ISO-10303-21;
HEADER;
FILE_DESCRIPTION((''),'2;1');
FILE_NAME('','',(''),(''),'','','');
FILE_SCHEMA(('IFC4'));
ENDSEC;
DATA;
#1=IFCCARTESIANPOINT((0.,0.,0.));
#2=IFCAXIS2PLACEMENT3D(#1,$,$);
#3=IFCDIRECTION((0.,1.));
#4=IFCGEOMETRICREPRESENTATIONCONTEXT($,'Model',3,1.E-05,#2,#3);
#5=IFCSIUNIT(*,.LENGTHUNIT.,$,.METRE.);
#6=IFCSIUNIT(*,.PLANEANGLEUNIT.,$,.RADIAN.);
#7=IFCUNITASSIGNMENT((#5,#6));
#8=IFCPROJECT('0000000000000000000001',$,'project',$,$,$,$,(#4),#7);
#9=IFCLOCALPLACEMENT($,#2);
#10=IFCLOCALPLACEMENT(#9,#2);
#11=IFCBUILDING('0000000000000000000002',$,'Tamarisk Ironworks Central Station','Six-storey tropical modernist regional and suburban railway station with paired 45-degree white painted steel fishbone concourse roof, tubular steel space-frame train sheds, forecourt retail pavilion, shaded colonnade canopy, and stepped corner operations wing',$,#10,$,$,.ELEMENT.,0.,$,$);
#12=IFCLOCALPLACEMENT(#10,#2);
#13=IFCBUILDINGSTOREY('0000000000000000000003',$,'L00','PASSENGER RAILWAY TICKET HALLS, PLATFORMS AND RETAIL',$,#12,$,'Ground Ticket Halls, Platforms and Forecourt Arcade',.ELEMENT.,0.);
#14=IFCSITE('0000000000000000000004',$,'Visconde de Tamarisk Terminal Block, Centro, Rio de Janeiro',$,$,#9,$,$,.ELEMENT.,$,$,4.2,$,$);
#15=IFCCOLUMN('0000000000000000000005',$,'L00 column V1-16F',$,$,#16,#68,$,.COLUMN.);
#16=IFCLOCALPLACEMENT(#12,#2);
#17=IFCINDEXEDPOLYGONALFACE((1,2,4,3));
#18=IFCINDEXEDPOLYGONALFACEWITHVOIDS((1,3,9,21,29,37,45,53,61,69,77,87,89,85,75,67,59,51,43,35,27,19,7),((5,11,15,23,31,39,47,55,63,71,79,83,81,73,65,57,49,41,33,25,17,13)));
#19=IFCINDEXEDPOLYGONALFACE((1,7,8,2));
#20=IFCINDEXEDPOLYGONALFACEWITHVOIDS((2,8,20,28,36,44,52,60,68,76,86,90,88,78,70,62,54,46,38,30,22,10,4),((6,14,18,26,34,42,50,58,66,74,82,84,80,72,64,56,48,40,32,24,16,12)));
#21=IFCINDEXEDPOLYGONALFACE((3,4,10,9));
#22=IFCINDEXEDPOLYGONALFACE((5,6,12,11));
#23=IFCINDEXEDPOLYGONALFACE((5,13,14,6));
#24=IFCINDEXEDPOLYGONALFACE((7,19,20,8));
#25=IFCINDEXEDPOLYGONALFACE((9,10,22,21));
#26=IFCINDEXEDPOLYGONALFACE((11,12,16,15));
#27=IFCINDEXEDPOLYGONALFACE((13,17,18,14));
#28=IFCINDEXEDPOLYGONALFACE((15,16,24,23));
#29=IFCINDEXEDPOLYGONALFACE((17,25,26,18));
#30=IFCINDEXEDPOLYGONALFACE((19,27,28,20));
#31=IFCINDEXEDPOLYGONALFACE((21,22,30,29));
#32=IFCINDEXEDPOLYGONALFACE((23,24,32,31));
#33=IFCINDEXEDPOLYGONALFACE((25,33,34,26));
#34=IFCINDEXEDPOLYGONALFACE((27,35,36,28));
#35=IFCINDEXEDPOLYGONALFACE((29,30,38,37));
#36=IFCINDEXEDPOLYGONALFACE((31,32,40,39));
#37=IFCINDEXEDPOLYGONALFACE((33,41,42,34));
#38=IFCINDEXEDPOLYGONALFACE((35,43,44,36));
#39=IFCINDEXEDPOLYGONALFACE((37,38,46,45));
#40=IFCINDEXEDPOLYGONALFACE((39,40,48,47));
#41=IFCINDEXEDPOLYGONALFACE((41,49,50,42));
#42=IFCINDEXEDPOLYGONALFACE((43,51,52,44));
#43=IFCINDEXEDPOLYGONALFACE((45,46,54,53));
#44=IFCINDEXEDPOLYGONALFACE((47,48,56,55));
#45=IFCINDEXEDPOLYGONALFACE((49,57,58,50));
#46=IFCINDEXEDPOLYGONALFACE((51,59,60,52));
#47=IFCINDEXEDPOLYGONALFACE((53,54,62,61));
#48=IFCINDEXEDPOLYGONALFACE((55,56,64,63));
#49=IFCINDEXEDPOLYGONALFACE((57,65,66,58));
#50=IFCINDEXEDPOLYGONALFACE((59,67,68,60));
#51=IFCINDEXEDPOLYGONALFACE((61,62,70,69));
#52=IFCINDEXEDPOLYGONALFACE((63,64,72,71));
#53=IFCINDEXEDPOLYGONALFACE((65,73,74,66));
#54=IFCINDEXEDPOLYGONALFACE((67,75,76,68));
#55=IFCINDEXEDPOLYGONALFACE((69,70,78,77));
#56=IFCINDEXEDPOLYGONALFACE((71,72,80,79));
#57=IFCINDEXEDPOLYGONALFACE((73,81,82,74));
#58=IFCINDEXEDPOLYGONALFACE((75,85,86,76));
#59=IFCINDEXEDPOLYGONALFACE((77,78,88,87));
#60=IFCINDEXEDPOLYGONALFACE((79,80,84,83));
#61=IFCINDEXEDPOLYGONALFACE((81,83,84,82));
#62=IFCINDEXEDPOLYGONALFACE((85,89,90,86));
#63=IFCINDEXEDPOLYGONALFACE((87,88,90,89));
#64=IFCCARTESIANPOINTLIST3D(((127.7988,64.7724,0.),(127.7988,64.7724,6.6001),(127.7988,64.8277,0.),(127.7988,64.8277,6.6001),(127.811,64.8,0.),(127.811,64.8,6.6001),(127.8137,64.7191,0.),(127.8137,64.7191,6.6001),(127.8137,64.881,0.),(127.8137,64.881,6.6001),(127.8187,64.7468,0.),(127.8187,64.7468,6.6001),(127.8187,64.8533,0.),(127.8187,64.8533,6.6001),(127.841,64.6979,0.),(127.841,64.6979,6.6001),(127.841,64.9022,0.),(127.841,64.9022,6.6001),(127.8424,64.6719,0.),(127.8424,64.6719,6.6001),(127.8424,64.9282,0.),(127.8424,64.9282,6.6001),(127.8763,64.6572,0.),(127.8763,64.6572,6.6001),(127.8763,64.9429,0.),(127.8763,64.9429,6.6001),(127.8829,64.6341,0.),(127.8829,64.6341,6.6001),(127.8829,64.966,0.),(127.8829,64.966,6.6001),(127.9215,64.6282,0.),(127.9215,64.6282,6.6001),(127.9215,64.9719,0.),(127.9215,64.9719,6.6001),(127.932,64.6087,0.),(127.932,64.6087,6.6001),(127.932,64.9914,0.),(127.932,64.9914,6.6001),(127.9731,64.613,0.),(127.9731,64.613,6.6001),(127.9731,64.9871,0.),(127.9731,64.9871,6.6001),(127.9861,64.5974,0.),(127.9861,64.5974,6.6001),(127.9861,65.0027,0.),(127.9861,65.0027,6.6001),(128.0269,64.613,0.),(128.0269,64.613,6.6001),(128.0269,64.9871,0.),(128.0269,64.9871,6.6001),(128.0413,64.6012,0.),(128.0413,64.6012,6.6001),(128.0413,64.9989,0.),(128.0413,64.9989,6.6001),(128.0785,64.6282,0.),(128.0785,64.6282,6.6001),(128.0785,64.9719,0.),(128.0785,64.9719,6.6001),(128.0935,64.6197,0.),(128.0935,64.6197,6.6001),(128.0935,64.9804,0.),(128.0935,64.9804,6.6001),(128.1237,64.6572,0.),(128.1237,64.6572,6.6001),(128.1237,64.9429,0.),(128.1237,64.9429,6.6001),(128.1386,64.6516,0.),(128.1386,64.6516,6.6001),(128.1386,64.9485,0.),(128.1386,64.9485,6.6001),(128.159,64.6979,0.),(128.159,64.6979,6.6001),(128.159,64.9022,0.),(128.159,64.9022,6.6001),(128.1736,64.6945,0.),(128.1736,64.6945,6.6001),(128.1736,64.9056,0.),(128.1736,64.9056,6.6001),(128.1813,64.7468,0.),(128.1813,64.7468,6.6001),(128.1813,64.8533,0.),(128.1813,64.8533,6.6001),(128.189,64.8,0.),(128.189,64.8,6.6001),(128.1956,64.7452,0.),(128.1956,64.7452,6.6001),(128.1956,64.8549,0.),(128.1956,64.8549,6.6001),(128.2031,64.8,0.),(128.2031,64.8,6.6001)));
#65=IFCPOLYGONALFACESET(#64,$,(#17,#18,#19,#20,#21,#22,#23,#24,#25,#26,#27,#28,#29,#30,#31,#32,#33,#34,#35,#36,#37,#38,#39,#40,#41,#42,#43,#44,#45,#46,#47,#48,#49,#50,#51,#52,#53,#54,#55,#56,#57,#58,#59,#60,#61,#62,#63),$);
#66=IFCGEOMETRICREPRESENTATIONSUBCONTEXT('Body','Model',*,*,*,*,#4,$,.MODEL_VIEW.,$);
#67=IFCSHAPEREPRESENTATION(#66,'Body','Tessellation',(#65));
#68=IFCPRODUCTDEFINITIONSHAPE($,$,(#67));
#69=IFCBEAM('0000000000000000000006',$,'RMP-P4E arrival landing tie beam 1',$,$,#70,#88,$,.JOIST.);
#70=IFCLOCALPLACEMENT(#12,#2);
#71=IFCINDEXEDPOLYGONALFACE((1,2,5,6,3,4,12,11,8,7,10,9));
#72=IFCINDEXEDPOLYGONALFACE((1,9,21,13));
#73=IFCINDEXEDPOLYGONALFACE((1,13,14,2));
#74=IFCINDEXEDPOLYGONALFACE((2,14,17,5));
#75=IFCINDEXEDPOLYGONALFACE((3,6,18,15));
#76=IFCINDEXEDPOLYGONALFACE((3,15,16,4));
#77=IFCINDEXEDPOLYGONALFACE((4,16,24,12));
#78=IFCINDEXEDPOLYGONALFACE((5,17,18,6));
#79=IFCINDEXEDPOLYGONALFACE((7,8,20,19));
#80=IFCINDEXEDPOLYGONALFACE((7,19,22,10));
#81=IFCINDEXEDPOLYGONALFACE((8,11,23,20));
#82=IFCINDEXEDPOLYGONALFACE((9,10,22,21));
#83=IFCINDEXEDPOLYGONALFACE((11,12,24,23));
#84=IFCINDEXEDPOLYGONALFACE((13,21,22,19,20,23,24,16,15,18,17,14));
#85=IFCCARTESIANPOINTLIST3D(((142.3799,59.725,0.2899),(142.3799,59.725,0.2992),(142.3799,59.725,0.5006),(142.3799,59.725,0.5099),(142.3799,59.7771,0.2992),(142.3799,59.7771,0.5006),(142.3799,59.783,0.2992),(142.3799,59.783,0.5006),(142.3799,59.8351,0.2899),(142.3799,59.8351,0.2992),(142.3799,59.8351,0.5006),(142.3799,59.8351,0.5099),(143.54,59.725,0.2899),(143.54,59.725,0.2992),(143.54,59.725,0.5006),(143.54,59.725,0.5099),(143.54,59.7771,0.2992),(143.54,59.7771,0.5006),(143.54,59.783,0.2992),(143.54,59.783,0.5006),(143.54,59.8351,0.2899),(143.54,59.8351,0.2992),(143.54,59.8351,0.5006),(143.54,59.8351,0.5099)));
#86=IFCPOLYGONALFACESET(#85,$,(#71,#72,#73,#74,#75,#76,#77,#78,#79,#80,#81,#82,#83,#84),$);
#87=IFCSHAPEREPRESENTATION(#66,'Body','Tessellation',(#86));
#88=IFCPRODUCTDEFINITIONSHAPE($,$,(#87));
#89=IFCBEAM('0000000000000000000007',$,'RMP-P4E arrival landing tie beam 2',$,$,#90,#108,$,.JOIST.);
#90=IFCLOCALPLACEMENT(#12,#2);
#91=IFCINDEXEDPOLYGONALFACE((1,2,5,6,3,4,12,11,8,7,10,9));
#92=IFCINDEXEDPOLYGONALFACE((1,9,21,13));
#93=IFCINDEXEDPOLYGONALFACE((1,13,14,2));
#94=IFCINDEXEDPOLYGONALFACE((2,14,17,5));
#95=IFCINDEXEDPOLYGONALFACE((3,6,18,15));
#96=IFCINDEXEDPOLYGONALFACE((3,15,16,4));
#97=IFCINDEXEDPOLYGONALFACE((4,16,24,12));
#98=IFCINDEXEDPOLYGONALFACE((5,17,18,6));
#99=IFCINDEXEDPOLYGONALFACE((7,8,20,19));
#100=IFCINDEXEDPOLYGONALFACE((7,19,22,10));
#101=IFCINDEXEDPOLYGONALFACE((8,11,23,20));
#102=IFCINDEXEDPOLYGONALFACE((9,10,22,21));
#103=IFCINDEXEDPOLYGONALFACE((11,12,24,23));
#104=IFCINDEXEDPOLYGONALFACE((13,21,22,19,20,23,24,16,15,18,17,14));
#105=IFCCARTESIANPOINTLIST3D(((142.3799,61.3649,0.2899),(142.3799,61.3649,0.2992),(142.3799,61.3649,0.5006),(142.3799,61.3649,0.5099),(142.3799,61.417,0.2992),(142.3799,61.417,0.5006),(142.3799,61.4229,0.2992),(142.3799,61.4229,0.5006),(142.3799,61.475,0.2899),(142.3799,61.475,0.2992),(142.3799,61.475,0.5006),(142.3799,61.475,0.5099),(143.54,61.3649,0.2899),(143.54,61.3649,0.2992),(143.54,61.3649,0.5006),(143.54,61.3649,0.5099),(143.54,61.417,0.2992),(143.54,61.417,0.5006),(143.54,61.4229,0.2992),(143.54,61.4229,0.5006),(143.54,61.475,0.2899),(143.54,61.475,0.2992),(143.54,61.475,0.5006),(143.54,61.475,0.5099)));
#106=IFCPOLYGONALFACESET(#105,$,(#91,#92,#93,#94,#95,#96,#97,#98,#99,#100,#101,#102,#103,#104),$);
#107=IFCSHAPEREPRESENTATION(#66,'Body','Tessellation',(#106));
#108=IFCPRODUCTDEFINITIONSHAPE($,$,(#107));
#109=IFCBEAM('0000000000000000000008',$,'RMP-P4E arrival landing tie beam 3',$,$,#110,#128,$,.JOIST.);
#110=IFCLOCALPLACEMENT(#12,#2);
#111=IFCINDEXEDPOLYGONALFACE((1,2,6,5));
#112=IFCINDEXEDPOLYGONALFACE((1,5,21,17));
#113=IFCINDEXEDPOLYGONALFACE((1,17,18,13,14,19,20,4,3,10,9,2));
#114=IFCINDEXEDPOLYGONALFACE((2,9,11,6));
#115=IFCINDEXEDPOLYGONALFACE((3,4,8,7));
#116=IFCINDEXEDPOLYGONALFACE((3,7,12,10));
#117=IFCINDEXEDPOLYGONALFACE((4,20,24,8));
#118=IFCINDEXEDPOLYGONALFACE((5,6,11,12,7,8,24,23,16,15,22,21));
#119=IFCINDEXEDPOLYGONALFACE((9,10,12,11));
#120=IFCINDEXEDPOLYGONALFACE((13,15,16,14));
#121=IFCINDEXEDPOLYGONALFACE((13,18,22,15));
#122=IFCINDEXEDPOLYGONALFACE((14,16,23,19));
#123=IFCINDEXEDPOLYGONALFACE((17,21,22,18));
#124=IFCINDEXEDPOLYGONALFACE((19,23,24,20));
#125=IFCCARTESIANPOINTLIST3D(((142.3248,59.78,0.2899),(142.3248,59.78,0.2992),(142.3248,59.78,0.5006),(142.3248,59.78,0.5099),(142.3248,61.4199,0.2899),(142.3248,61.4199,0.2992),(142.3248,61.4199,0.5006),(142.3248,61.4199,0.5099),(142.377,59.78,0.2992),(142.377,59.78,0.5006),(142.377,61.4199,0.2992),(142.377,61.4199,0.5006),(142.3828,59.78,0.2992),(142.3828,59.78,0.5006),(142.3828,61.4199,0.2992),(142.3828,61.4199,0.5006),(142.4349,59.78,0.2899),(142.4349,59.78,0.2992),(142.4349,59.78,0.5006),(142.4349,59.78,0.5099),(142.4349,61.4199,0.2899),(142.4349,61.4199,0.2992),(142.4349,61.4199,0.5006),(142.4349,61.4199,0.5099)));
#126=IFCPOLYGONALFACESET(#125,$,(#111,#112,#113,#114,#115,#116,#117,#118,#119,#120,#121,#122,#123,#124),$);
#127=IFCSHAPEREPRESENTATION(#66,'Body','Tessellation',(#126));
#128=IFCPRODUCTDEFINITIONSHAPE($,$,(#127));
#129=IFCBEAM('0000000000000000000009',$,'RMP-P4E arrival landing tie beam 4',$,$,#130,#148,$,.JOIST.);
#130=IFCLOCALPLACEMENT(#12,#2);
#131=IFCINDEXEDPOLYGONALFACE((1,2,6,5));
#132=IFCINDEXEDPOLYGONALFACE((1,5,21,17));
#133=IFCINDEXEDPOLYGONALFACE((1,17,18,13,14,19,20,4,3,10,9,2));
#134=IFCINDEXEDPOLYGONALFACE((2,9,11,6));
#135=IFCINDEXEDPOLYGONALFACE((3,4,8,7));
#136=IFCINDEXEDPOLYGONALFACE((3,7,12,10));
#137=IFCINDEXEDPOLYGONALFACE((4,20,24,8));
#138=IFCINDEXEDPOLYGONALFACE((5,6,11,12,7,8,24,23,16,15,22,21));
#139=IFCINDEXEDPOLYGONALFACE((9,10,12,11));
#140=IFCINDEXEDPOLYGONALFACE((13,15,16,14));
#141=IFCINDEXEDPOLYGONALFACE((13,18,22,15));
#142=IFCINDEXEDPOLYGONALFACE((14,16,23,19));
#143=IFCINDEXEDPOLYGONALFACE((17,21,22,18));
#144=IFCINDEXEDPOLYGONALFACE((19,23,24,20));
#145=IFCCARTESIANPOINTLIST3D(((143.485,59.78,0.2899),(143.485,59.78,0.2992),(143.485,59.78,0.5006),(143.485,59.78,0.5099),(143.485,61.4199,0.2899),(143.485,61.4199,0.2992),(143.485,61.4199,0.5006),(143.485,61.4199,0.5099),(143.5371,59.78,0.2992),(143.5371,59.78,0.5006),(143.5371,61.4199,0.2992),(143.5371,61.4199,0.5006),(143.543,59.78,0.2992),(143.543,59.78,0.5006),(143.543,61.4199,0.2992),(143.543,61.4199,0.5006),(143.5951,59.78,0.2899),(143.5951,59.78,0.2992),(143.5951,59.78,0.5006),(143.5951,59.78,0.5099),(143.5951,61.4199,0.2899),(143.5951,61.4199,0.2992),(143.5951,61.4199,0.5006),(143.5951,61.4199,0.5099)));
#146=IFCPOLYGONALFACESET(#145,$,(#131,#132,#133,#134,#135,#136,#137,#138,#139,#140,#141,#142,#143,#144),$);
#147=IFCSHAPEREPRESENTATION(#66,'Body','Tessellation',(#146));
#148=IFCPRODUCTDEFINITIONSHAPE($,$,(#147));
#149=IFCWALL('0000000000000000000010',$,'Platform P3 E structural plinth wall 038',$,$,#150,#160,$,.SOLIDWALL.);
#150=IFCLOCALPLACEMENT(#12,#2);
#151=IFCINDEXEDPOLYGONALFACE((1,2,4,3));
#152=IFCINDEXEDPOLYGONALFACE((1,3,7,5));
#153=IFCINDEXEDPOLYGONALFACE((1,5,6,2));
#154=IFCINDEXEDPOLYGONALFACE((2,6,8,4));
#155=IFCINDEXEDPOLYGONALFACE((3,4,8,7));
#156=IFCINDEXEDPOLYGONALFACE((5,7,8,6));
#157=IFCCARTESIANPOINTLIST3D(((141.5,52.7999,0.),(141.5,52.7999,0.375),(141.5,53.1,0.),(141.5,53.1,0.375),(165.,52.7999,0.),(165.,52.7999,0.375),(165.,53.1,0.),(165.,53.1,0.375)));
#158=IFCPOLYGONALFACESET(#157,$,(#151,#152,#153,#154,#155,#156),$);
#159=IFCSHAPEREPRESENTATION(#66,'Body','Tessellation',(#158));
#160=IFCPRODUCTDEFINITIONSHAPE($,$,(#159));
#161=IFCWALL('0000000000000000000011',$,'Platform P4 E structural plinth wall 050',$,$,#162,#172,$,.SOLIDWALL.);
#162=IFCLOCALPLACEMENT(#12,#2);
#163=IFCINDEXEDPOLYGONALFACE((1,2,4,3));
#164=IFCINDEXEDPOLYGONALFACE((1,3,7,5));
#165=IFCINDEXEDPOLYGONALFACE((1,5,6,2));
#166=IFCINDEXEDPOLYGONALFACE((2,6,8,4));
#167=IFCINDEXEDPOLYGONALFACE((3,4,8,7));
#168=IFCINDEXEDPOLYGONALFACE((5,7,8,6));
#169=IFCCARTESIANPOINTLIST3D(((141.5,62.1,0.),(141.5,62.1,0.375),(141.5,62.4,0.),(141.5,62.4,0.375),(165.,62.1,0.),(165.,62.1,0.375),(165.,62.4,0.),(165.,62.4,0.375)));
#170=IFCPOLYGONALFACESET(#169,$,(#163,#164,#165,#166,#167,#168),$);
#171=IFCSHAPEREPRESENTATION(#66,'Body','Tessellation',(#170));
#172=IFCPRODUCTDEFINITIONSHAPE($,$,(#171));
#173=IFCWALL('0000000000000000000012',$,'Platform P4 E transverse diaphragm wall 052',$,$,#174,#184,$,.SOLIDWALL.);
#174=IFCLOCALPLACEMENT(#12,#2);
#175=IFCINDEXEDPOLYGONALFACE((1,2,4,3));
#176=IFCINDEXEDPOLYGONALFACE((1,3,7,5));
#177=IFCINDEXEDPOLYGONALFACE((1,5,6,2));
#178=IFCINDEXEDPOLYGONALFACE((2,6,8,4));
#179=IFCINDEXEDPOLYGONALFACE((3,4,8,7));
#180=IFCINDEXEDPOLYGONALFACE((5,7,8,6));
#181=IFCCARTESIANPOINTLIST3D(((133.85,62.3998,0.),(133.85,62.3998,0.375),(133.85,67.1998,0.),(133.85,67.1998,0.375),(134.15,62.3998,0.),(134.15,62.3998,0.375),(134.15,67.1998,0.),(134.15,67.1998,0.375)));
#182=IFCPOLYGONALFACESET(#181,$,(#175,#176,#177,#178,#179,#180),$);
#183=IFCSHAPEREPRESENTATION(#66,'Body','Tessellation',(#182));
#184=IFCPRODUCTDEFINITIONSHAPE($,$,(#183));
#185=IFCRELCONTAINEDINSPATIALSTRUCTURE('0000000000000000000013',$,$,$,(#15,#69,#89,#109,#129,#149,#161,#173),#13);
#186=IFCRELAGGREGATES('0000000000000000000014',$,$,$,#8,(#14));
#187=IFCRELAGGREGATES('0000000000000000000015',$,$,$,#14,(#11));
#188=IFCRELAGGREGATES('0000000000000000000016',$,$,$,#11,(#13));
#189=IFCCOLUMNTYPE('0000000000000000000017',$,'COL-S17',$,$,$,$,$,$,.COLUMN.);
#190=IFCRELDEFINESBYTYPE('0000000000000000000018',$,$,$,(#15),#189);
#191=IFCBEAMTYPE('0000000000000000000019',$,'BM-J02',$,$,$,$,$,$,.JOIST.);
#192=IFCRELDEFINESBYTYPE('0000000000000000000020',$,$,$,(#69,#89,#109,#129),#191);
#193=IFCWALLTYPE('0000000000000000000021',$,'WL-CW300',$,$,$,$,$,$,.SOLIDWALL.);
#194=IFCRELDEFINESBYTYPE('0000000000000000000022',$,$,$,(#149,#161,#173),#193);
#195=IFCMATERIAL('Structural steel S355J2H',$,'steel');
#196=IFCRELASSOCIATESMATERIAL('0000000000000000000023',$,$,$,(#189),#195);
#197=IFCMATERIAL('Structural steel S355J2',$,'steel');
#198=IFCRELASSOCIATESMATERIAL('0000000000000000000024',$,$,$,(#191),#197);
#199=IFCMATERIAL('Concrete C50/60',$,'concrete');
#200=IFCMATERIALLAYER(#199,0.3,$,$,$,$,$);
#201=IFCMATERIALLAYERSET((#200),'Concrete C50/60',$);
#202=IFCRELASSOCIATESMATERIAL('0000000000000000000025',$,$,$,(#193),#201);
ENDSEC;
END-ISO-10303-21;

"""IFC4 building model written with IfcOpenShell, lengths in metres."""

from ifc_helpers import new_model, si_unit, direction, frame, frame_2d, origin, origin_2d, place, context, subcontext, project, spatial, rectangle, hollow_circle, i_section, extrude, material, layer, layer_set, material_profile, profile_set, type_object, element, save


model = new_model("IFC4")

# Units and contexts
model_context = context("Model", 3, precision=1e-05, world=origin(), true_north=direction((0.0, 1.0)))
body_context = subcontext(model_context, "Body", "Model", "MODEL_VIEW")
ifc_project = project(units=[si_unit("LENGTHUNIT", "METRE"), si_unit("PLANEANGLEUNIT", "RADIAN")], contexts=[model_context])

# Site, building, storey
site_placement = place(None, origin())
site = spatial("IfcSite", under=ifc_project, at=site_placement, Name="Visconde de Tamarisk Terminal Block, Centro, Rio de Janeiro", CompositionType="ELEMENT", RefElevation=4.2)
building_placement = place(site_placement, origin())
building = spatial("IfcBuilding", under=site, at=building_placement, Name="Tamarisk Ironworks Central Station", Description="Six-storey tropical modernist regional and suburban railway station with paired 45-degree white painted steel fishbone concourse roof, tubular steel space-frame train sheds, forecourt retail pavilion, shaded colonnade canopy, and stepped corner operations wing", CompositionType="ELEMENT", ElevationOfRefHeight=0.0)
storey_placement = place(building_placement, origin())
storey = spatial("IfcBuildingStorey", under=building, at=storey_placement, Name="L00", Description="PASSENGER RAILWAY TICKET HALLS, PLATFORMS AND RETAIL", LongName="Ground Ticket Halls, Platforms and Forecourt Arcade", CompositionType="ELEMENT", Elevation=0.0)

# Column
ifc_material_1 = material(Name="Structural steel S355J2", Category="steel")
ifc_material_2 = material(Name="Structural steel S355J2H", Category="steel")
ifc_material_profile_1 = material_profile(ifc_material_2, hollow_circle(Radius=0.2031, WallThickness=0.0142, at=origin_2d()), Name="CHS 406.4x14.2")
ifc_profile_set_1 = profile_set([ifc_material_profile_1], Name="Structural steel S355J2H")
column_type_1 = type_object("IfcColumnType", Name="COL-S17", PredefinedType="COLUMN", material=ifc_profile_set_1)
column_1_placement = place(storey_placement, frame((128.0, 64.8, 0.0), z_axis=(0.0, 0.0, 1.0), x_axis=(1.0, 0.0, 0.0)))
element("IfcColumn", 1, at=column_1_placement, inside=storey, type_object=column_type_1, Name="L00 column V1-16F", PredefinedType="COLUMN", context=body_context, shape_type="SweptSolid", body=[
    extrude(hollow_circle(Radius=0.2031, WallThickness=0.0142, at=origin_2d()), origin(), (0.0, 0.0, 1.0), 6.6001),
])

# Beams
ifc_material_profile_2 = material_profile(ifc_material_1, i_section(OverallWidth=0.1101, OverallDepth=0.22, WebThickness=0.0059, FlangeThickness=0.0093, at=origin_2d()), Name="IPE 220")
ifc_profile_set_2 = profile_set([ifc_material_profile_2], Name="Structural steel S355J2")
beam_type = type_object("IfcBeamType", Name="BM-J02", PredefinedType="JOIST", material=ifc_profile_set_2)
for number, where, z_axis, x_axis, name in (
    (2, (142.3799, 59.78, 0.3999), (1.0, 0.0, 0.0), (0.0, 1.0, 0.0), "RMP-P4E arrival landing tie beam 1"),
    (3, (142.3799, 61.4199, 0.3999), (1.0, 0.0, 0.0), (0.0, 1.0, 0.0), "RMP-P4E arrival landing tie beam 2"),
):
    element("IfcBeam", number, at=place(storey_placement, frame(where, z_axis=z_axis, x_axis=x_axis)), inside=storey, type_object=beam_type, Name=name, PredefinedType="JOIST", context=body_context, shape_type="SweptSolid", body=[
        extrude(i_section(OverallWidth=0.1101, OverallDepth=0.22, WebThickness=0.0059, FlangeThickness=0.0093, at=origin_2d()), origin(), (0.0, 0.0, 1.0), 1.1602),
    ])
for number, where, z_axis, x_axis, name in (
    (4, (142.3799, 59.78, 0.3999), (0.0, 1.0, 0.0), (-1.0, 0.0, 0.0), "RMP-P4E arrival landing tie beam 3"),
    (5, (143.54, 59.78, 0.3999), (0.0, 1.0, 0.0), (-1.0, 0.0, 0.0), "RMP-P4E arrival landing tie beam 4"),
):
    element("IfcBeam", number, at=place(storey_placement, frame(where, z_axis=z_axis, x_axis=x_axis)), inside=storey, type_object=beam_type, Name=name, PredefinedType="JOIST", context=body_context, shape_type="SweptSolid", body=[
        extrude(i_section(OverallWidth=0.1101, OverallDepth=0.22, WebThickness=0.0059, FlangeThickness=0.0093, at=origin_2d()), origin(), (0.0, 0.0, 1.0), 1.6399),
    ])

# Walls
ifc_material_3 = material(Name="Concrete C50/60", Category="concrete")
ifc_layer = layer(ifc_material_3, 0.3)
ifc_layer_set = layer_set([ifc_layer], Name="Concrete C50/60")
wall_type = type_object("IfcWallType", Name="WL-CW300", PredefinedType="SOLIDWALL", material=ifc_layer_set)
for number, where, z_axis, x_axis, name in (
    (6, (141.5, 52.95, 0.0), (0.0, 0.0, 1.0), (1.0, 0.0, 0.0), "Platform P3 E structural plinth wall 038"),
    (7, (141.5, 62.25, 0.0), (0.0, 0.0, 1.0), (1.0, 0.0, 0.0), "Platform P4 E structural plinth wall 050"),
):
    element("IfcWall", number, at=place(storey_placement, frame(where, z_axis=z_axis, x_axis=x_axis)), inside=storey, type_object=wall_type, Name=name, PredefinedType="SOLIDWALL", context=body_context, shape_type="SweptSolid", body=[
        extrude(rectangle(XDim=23.5, YDim=0.3, at=frame_2d((11.75, 0.0))), origin(), (0.0, 0.0, 1.0), 0.375),
    ])
wall_placement = place(storey_placement, frame((134.0, 62.3999, 0.0), z_axis=(0.0, 0.0, 1.0), x_axis=(0.0, 1.0, 0.0)))
element("IfcWall", 8, at=wall_placement, inside=storey, type_object=wall_type, Name="Platform P4 E transverse diaphragm wall 052", PredefinedType="SOLIDWALL", context=body_context, shape_type="SweptSolid", body=[
    extrude(rectangle(XDim=4.8, YDim=0.3, at=frame_2d((2.3999, 0.0))), origin(), (0.0, 0.0, 1.0), 0.375),
])

save(model, "model.ifc")
